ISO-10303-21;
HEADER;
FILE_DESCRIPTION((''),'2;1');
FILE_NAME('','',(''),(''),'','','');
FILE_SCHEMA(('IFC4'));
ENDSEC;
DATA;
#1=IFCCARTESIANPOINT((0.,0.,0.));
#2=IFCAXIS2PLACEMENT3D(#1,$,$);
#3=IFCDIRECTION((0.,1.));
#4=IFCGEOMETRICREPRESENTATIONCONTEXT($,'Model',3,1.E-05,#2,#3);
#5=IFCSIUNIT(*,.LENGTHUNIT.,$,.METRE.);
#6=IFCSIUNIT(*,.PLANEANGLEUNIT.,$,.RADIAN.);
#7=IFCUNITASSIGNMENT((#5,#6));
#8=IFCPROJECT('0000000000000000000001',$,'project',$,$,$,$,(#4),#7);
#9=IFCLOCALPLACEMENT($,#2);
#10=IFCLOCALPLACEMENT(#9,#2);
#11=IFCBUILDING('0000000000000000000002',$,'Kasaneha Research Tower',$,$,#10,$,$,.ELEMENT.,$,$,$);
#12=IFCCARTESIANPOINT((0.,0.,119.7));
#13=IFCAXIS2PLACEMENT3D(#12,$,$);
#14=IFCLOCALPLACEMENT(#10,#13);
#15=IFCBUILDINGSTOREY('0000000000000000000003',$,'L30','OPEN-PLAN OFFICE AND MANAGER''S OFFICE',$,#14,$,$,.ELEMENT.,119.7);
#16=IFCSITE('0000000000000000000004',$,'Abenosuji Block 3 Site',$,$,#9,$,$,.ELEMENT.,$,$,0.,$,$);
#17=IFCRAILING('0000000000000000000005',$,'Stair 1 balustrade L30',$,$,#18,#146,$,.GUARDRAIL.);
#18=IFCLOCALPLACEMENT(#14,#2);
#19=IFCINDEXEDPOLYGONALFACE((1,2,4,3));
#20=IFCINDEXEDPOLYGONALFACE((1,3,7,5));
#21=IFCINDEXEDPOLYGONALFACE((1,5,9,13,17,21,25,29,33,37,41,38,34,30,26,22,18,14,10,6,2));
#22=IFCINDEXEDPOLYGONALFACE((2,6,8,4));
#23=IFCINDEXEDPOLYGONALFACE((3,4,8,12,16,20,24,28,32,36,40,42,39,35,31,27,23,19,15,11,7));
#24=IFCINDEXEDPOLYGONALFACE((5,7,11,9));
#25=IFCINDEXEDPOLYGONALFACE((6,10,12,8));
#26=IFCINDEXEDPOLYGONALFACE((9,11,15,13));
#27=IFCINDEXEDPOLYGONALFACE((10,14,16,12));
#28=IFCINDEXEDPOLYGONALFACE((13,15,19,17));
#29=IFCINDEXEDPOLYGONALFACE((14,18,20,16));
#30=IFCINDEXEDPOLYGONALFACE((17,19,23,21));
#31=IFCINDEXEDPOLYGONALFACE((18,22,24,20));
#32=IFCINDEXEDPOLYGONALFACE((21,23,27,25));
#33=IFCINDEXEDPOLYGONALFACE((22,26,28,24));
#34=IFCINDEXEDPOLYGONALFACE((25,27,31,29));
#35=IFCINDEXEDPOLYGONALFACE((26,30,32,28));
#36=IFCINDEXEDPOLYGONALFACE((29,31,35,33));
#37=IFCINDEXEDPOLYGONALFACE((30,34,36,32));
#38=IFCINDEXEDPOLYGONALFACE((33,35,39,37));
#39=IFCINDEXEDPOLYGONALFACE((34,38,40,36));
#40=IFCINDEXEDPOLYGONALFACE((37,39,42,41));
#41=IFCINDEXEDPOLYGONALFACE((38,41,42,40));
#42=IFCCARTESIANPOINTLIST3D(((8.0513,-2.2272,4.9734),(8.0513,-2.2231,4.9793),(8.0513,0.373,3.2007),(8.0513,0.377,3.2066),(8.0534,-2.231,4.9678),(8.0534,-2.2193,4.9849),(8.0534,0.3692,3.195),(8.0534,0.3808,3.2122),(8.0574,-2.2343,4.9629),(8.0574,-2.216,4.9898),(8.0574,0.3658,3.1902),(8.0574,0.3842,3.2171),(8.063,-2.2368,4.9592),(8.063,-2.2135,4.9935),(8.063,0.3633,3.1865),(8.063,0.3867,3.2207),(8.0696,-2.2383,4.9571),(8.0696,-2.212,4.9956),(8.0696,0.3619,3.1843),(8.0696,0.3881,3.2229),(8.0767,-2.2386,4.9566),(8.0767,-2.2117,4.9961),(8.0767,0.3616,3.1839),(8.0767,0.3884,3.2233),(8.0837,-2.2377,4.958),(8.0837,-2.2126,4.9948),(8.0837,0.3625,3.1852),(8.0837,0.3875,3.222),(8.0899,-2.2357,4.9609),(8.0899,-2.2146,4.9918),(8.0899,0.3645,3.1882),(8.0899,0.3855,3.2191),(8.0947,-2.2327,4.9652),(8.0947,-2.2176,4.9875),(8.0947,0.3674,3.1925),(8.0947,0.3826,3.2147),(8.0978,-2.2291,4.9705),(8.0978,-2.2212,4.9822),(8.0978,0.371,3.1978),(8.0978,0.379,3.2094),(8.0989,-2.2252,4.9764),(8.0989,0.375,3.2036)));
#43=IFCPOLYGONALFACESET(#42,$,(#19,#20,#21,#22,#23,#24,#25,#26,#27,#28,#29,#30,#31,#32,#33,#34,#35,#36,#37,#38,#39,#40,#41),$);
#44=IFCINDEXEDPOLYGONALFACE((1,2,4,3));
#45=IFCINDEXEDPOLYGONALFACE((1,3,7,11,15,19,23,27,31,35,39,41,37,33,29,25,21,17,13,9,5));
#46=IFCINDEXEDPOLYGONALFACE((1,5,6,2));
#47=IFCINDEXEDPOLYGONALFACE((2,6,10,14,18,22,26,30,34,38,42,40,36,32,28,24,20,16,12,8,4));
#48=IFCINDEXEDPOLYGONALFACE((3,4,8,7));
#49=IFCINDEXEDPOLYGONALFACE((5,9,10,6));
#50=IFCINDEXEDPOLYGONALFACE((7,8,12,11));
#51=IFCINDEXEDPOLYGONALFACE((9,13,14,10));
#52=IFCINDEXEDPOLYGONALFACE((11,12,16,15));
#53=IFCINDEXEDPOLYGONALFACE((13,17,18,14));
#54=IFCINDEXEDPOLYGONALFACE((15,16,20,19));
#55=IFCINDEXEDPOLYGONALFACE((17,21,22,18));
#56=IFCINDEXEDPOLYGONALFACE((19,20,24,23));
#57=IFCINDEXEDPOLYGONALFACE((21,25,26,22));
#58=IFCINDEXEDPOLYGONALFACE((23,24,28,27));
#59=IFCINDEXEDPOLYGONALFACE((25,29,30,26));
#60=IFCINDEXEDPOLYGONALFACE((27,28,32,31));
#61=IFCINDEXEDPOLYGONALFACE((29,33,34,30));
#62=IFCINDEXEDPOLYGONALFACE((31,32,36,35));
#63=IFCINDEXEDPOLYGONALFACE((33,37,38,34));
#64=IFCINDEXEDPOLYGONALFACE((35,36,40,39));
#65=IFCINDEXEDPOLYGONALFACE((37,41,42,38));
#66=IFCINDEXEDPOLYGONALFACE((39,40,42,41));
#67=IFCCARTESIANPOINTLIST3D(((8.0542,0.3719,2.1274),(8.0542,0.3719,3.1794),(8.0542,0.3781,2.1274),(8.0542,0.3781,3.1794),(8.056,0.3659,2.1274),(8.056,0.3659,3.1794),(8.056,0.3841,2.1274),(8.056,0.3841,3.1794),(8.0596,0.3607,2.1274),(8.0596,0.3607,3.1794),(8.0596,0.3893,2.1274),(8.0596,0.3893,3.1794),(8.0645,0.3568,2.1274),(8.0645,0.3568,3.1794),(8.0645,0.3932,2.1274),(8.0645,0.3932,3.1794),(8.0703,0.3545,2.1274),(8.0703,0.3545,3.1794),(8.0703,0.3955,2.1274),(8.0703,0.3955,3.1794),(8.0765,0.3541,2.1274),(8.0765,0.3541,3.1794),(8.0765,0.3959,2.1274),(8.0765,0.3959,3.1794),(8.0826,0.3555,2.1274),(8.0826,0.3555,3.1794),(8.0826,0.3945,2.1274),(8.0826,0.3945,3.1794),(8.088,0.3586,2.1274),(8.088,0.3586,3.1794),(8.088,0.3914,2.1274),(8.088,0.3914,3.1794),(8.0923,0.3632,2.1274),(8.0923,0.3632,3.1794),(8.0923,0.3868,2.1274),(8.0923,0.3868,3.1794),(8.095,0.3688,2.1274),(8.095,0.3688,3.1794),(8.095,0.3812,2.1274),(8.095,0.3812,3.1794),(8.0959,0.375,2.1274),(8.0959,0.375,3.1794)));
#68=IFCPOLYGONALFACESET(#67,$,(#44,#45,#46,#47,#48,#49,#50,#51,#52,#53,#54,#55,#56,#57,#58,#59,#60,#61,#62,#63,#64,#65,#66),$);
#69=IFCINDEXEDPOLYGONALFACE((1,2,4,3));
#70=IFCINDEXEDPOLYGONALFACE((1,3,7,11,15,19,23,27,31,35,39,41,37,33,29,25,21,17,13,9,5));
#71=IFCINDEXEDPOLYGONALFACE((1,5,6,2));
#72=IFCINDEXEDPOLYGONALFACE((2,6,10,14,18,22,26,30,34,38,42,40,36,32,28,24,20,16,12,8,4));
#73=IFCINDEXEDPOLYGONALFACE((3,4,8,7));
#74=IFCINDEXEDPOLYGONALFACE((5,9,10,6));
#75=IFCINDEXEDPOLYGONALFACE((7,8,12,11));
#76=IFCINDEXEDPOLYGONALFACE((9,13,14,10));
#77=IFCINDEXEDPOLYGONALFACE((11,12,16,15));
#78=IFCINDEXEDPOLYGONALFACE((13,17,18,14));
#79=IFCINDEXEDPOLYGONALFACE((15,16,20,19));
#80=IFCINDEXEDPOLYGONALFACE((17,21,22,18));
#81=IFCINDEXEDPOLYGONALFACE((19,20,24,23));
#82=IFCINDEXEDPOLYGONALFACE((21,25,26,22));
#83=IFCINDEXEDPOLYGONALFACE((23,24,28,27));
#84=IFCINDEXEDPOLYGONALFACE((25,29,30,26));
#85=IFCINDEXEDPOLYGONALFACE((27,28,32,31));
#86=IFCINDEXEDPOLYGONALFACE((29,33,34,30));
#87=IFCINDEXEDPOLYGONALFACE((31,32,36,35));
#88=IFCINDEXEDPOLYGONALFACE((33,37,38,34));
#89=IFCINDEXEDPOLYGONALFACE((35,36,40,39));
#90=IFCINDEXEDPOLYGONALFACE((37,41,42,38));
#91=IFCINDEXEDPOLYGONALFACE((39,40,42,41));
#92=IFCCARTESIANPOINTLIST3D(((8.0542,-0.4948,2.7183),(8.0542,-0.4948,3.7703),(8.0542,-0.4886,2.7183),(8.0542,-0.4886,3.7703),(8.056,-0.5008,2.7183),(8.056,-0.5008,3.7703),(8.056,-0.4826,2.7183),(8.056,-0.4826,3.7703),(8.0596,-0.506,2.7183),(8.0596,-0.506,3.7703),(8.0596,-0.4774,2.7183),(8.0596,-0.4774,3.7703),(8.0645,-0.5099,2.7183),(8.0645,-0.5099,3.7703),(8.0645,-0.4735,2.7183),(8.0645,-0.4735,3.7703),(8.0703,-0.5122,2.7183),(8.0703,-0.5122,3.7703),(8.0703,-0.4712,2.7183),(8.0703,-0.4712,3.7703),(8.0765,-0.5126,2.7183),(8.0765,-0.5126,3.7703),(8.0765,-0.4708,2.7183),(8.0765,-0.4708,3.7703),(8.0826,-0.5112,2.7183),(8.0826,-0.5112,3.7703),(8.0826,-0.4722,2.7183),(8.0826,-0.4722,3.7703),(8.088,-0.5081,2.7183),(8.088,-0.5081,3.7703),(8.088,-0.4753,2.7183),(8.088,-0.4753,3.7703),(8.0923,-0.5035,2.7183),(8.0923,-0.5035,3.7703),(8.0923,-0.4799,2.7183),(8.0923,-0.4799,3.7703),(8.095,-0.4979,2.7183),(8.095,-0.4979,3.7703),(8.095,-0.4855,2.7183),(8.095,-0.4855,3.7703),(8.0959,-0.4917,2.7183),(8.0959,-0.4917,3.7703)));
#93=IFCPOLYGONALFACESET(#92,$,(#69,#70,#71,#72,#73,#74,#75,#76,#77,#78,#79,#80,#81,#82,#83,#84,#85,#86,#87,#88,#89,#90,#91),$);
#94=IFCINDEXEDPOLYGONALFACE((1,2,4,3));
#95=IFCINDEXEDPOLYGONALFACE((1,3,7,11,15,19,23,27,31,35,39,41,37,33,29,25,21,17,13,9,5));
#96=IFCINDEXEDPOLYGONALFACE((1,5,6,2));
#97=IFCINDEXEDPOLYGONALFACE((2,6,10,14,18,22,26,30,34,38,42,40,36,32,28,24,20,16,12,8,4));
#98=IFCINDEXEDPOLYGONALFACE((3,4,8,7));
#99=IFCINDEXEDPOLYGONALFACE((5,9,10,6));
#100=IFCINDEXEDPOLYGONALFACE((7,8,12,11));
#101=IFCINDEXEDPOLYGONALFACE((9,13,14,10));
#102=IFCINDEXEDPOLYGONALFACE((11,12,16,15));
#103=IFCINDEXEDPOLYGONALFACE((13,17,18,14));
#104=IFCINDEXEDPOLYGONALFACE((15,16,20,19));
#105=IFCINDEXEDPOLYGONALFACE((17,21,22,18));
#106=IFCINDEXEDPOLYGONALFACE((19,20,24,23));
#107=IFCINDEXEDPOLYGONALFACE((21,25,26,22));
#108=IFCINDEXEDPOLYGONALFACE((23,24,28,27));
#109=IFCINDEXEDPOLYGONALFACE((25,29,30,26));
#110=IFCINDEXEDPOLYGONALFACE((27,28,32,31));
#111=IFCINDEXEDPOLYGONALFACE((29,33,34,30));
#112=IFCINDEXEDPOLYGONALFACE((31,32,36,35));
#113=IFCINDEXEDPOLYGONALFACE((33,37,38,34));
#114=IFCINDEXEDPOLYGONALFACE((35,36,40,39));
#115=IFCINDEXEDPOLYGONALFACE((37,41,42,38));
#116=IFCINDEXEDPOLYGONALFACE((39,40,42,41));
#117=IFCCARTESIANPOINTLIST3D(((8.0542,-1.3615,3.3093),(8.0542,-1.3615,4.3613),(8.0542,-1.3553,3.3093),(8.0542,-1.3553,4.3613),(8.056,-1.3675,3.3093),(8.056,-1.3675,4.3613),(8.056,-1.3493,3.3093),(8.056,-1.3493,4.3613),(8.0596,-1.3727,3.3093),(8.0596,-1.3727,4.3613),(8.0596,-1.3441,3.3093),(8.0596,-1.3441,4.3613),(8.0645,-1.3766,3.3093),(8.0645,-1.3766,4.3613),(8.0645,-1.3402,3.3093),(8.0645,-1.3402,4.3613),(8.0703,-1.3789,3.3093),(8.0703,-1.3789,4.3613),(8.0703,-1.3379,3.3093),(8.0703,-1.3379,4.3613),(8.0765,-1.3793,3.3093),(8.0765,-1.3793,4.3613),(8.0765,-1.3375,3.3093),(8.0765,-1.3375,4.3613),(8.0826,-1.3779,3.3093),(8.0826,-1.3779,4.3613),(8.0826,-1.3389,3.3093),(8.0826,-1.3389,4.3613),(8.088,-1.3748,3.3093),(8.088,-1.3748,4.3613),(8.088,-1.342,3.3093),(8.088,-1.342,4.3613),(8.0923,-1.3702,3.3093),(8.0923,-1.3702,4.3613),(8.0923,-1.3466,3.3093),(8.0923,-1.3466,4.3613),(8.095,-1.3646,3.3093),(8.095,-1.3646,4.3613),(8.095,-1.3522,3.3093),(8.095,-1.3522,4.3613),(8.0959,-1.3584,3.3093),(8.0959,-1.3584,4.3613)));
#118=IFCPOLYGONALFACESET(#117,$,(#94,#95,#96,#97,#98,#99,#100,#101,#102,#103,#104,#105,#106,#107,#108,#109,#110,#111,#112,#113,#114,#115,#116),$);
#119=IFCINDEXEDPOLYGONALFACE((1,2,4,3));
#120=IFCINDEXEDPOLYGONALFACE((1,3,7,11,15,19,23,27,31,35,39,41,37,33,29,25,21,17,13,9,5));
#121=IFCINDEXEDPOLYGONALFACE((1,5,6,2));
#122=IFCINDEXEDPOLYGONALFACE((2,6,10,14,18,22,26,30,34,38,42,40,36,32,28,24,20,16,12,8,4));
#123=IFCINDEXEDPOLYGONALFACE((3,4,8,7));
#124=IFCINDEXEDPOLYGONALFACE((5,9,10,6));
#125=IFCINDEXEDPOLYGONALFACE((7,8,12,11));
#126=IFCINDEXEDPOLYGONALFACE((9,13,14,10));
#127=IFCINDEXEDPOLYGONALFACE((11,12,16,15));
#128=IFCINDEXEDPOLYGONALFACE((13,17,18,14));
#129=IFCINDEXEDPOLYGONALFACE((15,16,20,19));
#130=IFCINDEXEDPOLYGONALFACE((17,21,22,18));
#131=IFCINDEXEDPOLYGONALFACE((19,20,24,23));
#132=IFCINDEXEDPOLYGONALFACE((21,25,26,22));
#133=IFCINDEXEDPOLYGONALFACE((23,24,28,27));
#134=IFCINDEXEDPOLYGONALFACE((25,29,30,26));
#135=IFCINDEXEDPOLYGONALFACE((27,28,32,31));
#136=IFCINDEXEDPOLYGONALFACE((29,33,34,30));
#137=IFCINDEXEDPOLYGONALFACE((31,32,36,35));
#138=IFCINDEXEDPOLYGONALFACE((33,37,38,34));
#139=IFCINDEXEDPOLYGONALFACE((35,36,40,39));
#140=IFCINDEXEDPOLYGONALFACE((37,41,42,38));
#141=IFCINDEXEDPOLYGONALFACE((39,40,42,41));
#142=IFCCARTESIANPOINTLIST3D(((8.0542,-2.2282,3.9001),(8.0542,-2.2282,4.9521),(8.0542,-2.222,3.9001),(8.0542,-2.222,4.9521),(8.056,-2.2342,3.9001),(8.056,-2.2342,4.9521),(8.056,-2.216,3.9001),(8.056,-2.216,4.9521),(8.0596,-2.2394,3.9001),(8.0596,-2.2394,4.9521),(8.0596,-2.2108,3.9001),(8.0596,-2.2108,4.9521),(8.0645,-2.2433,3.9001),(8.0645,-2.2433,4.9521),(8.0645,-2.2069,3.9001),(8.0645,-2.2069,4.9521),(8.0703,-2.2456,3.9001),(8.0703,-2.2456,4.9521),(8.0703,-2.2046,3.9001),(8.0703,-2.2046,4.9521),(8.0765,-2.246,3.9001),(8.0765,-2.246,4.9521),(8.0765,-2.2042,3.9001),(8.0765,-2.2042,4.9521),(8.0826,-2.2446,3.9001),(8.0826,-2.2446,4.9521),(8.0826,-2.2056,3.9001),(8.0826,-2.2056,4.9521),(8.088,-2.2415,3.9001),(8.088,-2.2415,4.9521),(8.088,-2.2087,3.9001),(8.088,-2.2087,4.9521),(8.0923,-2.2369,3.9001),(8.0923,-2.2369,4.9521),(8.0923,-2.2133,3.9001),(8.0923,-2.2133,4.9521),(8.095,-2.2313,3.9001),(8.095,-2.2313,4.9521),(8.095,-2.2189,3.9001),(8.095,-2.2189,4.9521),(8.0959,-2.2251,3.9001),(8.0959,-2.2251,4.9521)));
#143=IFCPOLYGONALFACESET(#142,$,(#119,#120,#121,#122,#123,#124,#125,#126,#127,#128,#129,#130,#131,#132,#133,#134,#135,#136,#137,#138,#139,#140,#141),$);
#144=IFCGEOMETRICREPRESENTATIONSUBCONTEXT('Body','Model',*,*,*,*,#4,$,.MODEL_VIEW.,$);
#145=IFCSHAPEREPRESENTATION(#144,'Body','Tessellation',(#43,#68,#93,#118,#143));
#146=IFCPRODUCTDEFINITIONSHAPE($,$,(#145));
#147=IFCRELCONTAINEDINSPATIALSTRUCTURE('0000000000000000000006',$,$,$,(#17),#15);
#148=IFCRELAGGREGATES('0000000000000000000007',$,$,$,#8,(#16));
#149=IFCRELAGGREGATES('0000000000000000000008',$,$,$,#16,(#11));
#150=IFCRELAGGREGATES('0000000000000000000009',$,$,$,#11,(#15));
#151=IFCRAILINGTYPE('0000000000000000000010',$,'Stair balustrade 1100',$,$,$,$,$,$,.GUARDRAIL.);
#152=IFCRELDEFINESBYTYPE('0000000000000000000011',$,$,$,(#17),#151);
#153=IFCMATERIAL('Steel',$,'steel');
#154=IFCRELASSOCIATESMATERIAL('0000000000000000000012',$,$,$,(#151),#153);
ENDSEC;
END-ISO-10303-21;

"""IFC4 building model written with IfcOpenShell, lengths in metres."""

from ifc_helpers import new_model, si_unit, direction, frame, origin, origin_2d, place, context, subcontext, project, spatial, circle, extrude, material, type_object, element, save


model = new_model("IFC4")

# Units and contexts
model_context = context("Model", 3, precision=1e-05, world=origin(), true_north=direction((0.0, 1.0)))
body_context = subcontext(model_context, "Body", "Model", "MODEL_VIEW")
ifc_project = project(units=[si_unit("LENGTHUNIT", "METRE"), si_unit("PLANEANGLEUNIT", "RADIAN")], contexts=[model_context])

# Site, building, storey
site_placement = place(None, origin())
site = spatial("IfcSite", under=ifc_project, at=site_placement, Name="Abenosuji Block 3 Site", CompositionType="ELEMENT", RefElevation=0.0)
building_placement = place(site_placement, origin())
building = spatial("IfcBuilding", under=site, at=building_placement, Name="Kasaneha Research Tower", CompositionType="ELEMENT")
storey_placement = place(building_placement, frame((0.0, 0.0, 119.7)))
storey = spatial("IfcBuildingStorey", under=building, at=storey_placement, Name="L30", Description="OPEN-PLAN OFFICE AND MANAGER'S OFFICE", CompositionType="ELEMENT", Elevation=119.7)

# Railing
ifc_material_1 = material(Name="Steel", Category="steel")
railing_type_1 = type_object("IfcRailingType", Name="Stair balustrade 1100", PredefinedType="GUARDRAIL", material=ifc_material_1)
railing_1_placement = place(storey_placement, frame((8.075, 0.375, 2.1274)))
element("IfcRailing", 1, at=railing_1_placement, inside=storey, type_object=railing_type_1, Name="Stair 1 balustrade L30", PredefinedType="GUARDRAIL", context=body_context, shape_type="SweptSolid", body=[
    extrude(circle(Radius=0.0239, at=origin_2d()), frame((0.0, 0.0, 1.0762), z_axis=(0.0, -0.82624, 0.563318), x_axis=(1.0, 0.0, 0.0)), (0.0, 0.0, 1.0), 3.147),
    extrude(circle(Radius=0.021, at=origin_2d()), origin(), (0.0, 0.0, 1.0), 1.052),
    extrude(circle(Radius=0.021, at=origin_2d()), frame((0.0, -0.8667, 0.5908)), (0.0, 0.0, 1.0), 1.052),
    extrude(circle(Radius=0.021, at=origin_2d()), frame((0.0, -1.7334, 1.1819)), (0.0, 0.0, 1.0), 1.052),
    extrude(circle(Radius=0.021, at=origin_2d()), frame((0.0, -2.6001, 1.7727)), (0.0, 0.0, 1.0), 1.052),
])

save(model, "model.ifc")
